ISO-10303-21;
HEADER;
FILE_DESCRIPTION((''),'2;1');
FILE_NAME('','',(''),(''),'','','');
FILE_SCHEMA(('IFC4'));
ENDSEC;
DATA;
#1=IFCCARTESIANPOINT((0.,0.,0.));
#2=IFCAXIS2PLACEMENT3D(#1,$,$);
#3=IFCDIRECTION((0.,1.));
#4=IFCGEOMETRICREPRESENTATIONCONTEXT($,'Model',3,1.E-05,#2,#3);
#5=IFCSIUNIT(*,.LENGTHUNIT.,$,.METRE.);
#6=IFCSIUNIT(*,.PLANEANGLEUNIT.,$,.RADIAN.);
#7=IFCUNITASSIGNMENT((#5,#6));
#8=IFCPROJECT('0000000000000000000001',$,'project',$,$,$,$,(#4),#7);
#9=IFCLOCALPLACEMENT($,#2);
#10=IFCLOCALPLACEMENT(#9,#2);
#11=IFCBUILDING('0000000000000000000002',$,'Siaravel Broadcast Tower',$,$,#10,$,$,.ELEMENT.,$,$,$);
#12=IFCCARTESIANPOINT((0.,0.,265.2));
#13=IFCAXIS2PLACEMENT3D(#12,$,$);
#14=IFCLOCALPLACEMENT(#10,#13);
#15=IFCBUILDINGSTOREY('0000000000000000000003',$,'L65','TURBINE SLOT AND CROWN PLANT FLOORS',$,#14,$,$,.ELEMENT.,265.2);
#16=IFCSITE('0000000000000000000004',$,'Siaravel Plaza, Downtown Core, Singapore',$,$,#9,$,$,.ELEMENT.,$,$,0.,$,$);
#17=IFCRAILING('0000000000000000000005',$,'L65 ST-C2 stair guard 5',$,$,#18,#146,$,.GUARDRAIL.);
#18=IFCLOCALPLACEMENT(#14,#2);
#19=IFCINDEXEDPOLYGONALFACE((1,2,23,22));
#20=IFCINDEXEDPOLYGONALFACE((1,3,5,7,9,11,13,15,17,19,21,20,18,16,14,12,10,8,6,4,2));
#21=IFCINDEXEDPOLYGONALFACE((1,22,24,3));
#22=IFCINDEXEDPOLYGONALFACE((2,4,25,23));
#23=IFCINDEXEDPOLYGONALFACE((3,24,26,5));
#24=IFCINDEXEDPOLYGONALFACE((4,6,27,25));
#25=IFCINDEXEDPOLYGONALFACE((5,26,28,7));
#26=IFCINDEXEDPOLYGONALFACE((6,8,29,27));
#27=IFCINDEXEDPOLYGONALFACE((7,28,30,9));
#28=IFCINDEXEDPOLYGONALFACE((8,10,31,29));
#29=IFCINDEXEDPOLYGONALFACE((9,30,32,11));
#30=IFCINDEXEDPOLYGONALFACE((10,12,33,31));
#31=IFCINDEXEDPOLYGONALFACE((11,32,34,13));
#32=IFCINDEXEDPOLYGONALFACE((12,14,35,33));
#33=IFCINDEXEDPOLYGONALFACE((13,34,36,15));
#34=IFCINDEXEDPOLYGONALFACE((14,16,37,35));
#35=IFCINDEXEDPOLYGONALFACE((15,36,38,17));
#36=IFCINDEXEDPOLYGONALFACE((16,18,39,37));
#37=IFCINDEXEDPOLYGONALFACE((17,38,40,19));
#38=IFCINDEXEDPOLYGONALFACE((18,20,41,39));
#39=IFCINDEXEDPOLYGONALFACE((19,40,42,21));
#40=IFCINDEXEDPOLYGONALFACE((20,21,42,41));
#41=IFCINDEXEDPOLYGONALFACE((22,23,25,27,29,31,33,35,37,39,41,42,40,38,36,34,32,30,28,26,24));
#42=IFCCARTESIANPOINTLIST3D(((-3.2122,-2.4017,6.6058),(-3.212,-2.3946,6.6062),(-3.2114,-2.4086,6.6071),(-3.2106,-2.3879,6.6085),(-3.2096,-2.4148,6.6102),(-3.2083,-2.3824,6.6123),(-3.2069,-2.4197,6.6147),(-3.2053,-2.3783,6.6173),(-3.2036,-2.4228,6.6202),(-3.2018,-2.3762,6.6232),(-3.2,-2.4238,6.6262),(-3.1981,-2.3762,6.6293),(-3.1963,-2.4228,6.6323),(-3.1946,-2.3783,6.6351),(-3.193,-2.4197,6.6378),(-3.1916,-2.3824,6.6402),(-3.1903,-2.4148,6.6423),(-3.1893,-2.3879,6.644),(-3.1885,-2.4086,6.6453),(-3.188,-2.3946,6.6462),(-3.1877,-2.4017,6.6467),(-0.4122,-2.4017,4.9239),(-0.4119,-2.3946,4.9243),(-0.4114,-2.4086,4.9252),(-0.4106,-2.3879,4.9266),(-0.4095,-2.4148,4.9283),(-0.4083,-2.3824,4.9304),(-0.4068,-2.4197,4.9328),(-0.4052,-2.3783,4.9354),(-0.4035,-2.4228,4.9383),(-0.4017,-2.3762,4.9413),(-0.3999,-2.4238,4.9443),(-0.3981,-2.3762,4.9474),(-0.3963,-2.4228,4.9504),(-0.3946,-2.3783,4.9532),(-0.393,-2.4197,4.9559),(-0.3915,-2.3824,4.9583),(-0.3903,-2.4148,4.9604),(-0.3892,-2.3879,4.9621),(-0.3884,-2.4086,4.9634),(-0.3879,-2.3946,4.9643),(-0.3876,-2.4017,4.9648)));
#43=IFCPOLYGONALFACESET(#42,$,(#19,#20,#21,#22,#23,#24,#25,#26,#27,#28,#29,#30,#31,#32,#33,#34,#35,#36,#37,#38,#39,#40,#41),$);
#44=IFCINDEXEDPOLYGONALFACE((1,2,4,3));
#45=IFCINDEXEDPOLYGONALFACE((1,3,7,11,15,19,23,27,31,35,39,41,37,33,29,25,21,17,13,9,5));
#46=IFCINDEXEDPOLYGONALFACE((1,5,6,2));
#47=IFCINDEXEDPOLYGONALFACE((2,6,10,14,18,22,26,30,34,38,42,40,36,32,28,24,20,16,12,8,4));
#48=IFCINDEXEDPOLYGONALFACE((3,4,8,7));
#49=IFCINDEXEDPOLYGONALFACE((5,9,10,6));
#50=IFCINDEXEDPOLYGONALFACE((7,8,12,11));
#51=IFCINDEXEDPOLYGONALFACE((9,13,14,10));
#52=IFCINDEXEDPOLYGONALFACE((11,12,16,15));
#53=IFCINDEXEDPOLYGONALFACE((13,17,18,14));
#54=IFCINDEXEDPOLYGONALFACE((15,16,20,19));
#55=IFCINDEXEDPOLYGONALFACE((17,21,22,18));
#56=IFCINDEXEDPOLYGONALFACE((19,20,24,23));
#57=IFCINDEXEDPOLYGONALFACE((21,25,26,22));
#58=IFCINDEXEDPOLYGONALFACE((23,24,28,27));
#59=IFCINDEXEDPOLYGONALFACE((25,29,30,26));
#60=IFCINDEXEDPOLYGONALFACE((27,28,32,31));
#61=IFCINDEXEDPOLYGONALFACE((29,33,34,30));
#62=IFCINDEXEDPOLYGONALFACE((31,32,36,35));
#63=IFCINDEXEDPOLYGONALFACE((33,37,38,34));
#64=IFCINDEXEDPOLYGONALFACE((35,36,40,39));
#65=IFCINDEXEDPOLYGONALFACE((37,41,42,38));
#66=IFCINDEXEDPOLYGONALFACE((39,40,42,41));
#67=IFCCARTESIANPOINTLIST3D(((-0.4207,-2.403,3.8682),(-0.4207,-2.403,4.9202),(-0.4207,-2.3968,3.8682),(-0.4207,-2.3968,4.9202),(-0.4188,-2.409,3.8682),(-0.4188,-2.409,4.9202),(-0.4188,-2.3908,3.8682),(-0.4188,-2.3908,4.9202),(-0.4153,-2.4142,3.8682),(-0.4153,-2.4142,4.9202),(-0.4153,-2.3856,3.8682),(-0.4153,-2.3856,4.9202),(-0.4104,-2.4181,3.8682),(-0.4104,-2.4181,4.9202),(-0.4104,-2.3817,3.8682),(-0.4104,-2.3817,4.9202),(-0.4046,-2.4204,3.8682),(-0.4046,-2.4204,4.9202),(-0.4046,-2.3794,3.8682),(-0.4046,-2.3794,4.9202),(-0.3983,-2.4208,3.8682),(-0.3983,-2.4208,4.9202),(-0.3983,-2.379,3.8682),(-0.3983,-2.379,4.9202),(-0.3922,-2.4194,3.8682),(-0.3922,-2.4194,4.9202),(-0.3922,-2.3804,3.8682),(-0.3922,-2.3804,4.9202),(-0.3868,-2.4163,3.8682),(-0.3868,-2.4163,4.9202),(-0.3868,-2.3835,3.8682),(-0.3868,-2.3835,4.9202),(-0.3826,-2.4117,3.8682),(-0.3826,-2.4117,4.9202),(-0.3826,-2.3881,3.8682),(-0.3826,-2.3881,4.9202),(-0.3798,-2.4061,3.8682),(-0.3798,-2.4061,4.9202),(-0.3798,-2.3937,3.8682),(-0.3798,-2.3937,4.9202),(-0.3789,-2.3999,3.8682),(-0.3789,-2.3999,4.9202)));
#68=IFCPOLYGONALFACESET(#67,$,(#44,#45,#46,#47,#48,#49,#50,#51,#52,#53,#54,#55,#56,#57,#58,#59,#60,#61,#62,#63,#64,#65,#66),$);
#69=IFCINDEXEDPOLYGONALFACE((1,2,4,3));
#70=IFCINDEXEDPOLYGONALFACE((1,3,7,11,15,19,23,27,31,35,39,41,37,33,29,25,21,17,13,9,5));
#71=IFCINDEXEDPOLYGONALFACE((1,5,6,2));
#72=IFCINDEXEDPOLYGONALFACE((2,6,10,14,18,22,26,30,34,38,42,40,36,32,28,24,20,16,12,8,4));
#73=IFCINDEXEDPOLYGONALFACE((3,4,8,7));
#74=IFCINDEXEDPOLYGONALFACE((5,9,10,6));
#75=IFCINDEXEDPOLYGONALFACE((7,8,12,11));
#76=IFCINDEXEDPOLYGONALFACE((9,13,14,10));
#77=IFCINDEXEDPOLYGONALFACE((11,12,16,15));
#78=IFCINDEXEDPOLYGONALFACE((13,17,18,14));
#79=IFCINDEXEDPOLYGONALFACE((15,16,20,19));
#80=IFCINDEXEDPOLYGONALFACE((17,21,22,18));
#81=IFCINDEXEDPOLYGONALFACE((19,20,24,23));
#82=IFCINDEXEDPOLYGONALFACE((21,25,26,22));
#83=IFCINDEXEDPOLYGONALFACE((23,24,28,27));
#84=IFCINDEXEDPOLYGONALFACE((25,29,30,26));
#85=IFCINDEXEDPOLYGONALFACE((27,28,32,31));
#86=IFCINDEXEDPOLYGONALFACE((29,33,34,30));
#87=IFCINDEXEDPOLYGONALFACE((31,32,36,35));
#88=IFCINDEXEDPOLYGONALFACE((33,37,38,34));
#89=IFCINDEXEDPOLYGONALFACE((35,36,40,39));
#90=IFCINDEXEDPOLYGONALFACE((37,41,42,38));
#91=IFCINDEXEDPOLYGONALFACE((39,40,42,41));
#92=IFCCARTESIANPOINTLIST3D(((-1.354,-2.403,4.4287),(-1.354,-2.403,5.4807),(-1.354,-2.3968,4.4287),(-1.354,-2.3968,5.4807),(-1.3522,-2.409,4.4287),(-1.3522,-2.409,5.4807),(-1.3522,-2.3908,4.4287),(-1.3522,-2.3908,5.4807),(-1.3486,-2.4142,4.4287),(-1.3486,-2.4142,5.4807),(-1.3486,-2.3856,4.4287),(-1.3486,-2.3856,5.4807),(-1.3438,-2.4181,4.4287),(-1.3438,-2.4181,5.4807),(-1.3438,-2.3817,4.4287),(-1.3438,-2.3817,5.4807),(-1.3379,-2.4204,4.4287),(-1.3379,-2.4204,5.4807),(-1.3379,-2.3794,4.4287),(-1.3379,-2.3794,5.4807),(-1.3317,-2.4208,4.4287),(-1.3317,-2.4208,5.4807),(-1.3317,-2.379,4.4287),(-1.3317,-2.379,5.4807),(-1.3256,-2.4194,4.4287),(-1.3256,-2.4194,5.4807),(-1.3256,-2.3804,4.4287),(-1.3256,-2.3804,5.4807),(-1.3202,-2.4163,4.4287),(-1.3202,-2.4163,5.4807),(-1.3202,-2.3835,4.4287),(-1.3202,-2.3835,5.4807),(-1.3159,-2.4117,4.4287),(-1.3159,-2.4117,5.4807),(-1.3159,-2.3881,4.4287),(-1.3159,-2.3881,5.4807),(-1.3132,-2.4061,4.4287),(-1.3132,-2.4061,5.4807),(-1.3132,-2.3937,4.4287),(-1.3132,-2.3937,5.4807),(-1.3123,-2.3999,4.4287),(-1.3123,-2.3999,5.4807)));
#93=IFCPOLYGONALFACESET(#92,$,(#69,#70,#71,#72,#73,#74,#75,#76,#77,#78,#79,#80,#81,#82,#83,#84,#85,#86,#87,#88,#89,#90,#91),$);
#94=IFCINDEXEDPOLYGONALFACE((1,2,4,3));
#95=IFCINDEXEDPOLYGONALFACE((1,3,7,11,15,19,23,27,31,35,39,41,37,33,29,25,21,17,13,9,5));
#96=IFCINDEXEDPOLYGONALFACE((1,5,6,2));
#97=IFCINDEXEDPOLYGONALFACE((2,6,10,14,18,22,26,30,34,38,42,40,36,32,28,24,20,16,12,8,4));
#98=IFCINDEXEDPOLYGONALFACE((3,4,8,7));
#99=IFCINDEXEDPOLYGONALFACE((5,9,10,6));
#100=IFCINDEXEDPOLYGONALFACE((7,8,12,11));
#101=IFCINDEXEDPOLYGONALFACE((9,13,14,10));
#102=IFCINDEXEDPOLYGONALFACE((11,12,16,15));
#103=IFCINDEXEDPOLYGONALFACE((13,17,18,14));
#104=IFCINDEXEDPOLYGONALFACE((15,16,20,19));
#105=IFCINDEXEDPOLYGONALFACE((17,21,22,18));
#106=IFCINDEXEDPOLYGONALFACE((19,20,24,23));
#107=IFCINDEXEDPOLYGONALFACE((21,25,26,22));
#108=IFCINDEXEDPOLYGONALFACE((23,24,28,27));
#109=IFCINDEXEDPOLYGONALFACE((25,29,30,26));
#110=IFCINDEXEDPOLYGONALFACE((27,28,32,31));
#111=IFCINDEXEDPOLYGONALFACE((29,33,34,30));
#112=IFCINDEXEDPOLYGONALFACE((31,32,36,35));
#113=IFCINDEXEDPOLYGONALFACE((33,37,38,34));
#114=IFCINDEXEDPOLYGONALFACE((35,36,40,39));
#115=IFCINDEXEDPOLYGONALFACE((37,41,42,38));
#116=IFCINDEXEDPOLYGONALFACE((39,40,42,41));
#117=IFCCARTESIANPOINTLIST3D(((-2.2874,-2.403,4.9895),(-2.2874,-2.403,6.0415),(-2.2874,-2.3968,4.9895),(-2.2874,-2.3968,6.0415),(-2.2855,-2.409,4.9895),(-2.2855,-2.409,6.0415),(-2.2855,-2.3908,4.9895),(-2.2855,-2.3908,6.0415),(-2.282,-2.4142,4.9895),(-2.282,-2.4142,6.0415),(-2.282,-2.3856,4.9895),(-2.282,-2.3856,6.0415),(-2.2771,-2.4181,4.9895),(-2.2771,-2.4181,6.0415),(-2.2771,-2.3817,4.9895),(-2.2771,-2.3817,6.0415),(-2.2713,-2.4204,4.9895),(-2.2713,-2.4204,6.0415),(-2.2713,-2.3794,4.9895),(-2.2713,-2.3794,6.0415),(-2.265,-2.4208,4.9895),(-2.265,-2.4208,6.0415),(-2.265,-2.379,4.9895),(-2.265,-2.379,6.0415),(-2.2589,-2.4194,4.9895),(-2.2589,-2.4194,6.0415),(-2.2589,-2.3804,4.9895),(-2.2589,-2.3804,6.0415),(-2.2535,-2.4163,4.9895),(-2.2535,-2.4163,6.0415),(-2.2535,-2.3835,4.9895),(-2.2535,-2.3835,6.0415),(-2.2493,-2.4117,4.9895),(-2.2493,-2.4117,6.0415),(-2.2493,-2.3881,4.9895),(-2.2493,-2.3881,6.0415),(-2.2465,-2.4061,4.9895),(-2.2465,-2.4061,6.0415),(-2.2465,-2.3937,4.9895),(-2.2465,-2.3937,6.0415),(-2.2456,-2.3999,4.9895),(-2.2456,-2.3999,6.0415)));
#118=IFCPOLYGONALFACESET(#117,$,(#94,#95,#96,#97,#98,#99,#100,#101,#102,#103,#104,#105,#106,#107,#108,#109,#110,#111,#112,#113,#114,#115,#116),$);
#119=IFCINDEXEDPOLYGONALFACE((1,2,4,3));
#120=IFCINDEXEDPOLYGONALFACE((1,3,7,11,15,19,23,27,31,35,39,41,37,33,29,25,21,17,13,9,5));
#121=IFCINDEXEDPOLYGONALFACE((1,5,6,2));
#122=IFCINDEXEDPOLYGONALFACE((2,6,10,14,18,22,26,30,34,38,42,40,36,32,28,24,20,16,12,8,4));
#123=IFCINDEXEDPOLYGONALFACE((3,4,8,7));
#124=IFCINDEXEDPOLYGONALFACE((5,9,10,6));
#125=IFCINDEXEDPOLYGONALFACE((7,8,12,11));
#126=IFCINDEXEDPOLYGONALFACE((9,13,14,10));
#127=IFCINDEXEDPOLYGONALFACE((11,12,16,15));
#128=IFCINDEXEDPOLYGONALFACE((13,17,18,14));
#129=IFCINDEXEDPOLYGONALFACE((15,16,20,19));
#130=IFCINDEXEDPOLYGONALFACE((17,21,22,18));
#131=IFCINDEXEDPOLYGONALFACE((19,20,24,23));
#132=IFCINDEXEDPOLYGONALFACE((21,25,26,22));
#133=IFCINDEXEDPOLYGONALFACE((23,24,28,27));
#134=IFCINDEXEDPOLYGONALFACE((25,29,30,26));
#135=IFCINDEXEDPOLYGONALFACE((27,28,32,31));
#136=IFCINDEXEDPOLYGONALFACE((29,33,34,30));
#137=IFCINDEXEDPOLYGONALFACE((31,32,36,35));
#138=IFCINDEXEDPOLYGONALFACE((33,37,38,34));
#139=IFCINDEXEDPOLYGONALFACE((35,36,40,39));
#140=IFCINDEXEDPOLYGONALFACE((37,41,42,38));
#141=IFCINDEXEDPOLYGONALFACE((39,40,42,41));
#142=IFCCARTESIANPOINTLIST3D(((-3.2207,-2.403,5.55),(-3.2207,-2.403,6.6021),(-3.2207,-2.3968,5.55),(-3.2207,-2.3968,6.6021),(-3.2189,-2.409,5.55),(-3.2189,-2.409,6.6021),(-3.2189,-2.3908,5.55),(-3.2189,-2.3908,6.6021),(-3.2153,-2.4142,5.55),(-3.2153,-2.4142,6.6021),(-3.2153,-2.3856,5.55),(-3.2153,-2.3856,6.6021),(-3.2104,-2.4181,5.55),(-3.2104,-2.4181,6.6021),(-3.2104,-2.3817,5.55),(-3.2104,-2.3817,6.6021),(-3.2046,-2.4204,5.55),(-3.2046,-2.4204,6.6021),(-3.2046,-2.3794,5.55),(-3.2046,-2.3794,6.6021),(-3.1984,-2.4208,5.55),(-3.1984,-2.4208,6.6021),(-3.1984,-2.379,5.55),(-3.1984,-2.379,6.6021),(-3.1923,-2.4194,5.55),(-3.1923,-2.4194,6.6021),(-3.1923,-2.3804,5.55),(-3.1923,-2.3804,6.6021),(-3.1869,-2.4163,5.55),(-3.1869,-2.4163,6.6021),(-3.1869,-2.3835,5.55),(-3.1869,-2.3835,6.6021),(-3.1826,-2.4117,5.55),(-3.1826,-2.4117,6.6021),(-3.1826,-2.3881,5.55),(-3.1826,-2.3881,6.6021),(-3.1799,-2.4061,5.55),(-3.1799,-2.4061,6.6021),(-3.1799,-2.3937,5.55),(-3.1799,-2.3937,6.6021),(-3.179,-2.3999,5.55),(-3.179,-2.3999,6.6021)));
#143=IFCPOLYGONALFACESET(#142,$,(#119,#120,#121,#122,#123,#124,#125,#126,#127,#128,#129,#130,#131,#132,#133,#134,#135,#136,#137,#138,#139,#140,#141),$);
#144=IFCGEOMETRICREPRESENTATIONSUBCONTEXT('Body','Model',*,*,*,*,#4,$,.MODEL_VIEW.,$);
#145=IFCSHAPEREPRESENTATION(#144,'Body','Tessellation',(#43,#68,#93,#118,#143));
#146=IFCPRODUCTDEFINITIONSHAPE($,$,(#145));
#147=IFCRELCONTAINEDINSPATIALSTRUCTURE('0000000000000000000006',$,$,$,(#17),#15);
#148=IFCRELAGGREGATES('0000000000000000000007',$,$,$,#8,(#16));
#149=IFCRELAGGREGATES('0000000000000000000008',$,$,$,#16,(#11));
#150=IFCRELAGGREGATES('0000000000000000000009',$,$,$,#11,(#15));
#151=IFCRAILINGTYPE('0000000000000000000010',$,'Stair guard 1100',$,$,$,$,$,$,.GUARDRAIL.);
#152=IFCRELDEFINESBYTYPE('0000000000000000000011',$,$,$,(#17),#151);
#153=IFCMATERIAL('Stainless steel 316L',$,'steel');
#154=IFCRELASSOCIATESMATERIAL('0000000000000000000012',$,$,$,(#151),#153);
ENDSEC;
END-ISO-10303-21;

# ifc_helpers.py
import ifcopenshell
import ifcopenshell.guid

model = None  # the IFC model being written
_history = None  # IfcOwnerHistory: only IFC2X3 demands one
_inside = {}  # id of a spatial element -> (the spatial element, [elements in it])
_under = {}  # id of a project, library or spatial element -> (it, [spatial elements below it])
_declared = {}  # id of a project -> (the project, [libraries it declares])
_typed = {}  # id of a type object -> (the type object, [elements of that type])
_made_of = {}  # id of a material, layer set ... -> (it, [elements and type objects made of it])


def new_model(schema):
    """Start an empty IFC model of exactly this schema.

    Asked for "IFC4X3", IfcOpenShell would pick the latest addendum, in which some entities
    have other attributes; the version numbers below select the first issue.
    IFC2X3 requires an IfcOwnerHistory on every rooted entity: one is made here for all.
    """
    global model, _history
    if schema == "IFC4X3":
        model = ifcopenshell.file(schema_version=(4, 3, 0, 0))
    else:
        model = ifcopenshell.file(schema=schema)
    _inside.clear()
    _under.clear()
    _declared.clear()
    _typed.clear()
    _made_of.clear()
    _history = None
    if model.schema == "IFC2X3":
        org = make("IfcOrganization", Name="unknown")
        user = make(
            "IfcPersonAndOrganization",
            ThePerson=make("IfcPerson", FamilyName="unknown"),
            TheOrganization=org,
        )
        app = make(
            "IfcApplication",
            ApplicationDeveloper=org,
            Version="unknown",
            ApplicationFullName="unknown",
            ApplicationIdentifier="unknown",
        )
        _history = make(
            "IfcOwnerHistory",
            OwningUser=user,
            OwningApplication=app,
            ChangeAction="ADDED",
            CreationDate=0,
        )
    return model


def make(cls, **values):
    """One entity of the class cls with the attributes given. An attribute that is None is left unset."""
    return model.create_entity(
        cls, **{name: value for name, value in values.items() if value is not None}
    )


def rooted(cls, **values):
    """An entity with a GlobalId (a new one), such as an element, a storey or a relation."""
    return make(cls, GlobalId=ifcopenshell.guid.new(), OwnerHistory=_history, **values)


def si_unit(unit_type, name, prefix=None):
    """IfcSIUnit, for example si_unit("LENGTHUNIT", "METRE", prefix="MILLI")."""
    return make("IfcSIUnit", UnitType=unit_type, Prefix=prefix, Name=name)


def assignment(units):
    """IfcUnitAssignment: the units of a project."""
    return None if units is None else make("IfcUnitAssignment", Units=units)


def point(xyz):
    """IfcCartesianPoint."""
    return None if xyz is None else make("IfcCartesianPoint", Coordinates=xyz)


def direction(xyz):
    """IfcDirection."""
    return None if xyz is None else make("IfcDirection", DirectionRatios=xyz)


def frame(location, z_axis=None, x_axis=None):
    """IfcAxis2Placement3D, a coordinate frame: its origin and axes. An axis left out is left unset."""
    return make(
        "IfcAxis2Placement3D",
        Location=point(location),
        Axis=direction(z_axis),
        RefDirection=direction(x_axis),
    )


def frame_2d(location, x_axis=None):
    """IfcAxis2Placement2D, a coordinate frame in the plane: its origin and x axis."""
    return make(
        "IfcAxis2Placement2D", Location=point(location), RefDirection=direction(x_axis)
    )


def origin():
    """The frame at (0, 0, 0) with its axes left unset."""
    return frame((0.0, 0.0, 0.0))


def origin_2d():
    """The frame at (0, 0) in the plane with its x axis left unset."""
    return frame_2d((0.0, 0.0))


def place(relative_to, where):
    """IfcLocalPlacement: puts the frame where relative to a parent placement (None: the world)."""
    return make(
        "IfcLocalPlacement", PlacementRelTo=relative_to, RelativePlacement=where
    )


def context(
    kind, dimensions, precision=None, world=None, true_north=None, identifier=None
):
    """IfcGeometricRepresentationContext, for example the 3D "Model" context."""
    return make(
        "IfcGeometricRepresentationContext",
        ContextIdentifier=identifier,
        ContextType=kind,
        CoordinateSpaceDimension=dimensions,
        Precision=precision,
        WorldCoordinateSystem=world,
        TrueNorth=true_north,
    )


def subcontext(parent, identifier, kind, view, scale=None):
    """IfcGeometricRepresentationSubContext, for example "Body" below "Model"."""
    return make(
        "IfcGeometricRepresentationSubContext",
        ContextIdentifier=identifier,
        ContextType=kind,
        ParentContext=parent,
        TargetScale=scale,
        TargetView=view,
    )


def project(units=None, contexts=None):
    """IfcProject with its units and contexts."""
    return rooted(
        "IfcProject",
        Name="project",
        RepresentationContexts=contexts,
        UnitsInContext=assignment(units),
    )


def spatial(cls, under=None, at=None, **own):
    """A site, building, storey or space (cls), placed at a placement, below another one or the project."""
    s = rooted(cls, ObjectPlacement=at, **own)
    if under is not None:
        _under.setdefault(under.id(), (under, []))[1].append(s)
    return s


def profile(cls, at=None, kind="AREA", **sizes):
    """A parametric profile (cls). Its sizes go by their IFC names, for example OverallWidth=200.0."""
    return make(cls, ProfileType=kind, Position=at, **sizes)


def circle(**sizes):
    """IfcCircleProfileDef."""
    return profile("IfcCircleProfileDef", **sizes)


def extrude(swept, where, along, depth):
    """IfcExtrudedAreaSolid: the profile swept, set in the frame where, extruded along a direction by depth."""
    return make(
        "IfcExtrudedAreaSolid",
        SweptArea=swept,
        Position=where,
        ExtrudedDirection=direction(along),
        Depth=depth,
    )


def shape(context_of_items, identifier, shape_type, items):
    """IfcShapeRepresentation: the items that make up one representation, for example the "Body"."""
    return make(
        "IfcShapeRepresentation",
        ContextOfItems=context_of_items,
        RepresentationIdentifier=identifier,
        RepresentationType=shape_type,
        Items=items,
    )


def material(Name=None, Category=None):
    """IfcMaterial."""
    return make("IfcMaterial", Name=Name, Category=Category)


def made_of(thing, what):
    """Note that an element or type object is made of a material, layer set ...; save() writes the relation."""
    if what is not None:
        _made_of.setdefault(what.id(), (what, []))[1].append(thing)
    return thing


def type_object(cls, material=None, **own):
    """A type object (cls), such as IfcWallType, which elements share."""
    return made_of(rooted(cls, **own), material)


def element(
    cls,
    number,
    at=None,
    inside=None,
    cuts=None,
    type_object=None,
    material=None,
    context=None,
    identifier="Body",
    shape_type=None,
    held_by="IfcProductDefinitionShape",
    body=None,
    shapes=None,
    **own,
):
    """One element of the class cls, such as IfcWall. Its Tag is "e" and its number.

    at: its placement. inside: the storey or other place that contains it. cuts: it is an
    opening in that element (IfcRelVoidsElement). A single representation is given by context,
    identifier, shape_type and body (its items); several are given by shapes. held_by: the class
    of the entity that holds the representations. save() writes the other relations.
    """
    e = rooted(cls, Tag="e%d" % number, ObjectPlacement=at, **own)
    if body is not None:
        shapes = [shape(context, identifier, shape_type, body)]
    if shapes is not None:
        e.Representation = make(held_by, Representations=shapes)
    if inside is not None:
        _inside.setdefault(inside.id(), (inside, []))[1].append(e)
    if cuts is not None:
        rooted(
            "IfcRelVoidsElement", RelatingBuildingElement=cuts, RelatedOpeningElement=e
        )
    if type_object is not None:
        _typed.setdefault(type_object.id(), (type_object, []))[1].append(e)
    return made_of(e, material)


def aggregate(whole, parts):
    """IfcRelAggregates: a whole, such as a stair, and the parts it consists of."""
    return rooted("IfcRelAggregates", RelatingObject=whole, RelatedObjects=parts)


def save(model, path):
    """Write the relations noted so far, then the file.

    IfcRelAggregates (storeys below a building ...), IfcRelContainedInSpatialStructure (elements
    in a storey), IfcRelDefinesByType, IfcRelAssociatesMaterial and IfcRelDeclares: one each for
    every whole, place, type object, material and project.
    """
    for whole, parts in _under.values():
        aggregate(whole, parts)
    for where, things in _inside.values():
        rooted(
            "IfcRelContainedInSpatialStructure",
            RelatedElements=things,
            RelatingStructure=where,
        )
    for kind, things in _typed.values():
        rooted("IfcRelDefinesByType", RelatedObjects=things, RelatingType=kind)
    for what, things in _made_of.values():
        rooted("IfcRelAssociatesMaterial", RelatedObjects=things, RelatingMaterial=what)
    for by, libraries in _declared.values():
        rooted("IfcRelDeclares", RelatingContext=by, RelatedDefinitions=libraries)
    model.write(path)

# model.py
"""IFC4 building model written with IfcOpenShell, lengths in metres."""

from ifc_helpers import new_model, si_unit, direction, frame, origin, origin_2d, place, context, subcontext, project, spatial, circle, extrude, material, type_object, element, save


model = new_model("IFC4")

# Units and contexts
model_context = context("Model", 3, precision=1e-05, world=origin(), true_north=direction((0.0, 1.0)))
body_context = subcontext(model_context, "Body", "Model", "MODEL_VIEW")
ifc_project = project(units=[si_unit("LENGTHUNIT", "METRE"), si_unit("PLANEANGLEUNIT", "RADIAN")], contexts=[model_context])

# Site, building, storey
site_placement = place(None, origin())
site = spatial("IfcSite", under=ifc_project, at=site_placement, Name="Siaravel Plaza, Downtown Core, Singapore", CompositionType="ELEMENT", RefElevation=0.0)
building_placement = place(site_placement, origin())
building = spatial("IfcBuilding", under=site, at=building_placement, Name="Siaravel Broadcast Tower", CompositionType="ELEMENT")
storey_placement = place(building_placement, frame((0.0, 0.0, 265.2)))
storey = spatial("IfcBuildingStorey", under=building, at=storey_placement, Name="L65", Description="TURBINE SLOT AND CROWN PLANT FLOORS", CompositionType="ELEMENT", Elevation=265.2)

# Railing
ifc_material_1 = material(Name="Stainless steel 316L", Category="steel")
railing_type_1 = type_object("IfcRailingType", Name="Stair guard 1100", PredefinedType="GUARDRAIL", material=ifc_material_1)
railing_1_placement = place(storey_placement, frame((-0.3999, -2.3999, 3.8682)))
element("IfcRailing", 1, at=railing_1_placement, inside=storey, type_object=railing_type_1, Name="L65 ST-C2 stair guard 5", PredefinedType="GUARDRAIL", context=body_context, shape_type="SweptSolid", body=[
    extrude(circle(Radius=0.0239, at=origin_2d()), frame((0.0, 0.0, 1.0762), z_axis=(-0.857242, 0.0, 0.514913), x_axis=(0.0, -1.0, 0.0)), (0.0, 0.0, 1.0), 3.2664),
    extrude(circle(Radius=0.021, at=origin_2d()), origin(), (0.0, 0.0, 1.0), 1.052),
    extrude(circle(Radius=0.021, at=origin_2d()), frame((-0.9333, 0.0, 0.5605)), (0.0, 0.0, 1.0), 1.052),
    extrude(circle(Radius=0.021, at=origin_2d()), frame((-1.8667, 0.0, 1.1213)), (0.0, 0.0, 1.0), 1.052),
    extrude(circle(Radius=0.021, at=origin_2d()), frame((-2.8, 0.0, 1.6819)), (0.0, 0.0, 1.0), 1.052),
])

save(model, "model.ifc")
